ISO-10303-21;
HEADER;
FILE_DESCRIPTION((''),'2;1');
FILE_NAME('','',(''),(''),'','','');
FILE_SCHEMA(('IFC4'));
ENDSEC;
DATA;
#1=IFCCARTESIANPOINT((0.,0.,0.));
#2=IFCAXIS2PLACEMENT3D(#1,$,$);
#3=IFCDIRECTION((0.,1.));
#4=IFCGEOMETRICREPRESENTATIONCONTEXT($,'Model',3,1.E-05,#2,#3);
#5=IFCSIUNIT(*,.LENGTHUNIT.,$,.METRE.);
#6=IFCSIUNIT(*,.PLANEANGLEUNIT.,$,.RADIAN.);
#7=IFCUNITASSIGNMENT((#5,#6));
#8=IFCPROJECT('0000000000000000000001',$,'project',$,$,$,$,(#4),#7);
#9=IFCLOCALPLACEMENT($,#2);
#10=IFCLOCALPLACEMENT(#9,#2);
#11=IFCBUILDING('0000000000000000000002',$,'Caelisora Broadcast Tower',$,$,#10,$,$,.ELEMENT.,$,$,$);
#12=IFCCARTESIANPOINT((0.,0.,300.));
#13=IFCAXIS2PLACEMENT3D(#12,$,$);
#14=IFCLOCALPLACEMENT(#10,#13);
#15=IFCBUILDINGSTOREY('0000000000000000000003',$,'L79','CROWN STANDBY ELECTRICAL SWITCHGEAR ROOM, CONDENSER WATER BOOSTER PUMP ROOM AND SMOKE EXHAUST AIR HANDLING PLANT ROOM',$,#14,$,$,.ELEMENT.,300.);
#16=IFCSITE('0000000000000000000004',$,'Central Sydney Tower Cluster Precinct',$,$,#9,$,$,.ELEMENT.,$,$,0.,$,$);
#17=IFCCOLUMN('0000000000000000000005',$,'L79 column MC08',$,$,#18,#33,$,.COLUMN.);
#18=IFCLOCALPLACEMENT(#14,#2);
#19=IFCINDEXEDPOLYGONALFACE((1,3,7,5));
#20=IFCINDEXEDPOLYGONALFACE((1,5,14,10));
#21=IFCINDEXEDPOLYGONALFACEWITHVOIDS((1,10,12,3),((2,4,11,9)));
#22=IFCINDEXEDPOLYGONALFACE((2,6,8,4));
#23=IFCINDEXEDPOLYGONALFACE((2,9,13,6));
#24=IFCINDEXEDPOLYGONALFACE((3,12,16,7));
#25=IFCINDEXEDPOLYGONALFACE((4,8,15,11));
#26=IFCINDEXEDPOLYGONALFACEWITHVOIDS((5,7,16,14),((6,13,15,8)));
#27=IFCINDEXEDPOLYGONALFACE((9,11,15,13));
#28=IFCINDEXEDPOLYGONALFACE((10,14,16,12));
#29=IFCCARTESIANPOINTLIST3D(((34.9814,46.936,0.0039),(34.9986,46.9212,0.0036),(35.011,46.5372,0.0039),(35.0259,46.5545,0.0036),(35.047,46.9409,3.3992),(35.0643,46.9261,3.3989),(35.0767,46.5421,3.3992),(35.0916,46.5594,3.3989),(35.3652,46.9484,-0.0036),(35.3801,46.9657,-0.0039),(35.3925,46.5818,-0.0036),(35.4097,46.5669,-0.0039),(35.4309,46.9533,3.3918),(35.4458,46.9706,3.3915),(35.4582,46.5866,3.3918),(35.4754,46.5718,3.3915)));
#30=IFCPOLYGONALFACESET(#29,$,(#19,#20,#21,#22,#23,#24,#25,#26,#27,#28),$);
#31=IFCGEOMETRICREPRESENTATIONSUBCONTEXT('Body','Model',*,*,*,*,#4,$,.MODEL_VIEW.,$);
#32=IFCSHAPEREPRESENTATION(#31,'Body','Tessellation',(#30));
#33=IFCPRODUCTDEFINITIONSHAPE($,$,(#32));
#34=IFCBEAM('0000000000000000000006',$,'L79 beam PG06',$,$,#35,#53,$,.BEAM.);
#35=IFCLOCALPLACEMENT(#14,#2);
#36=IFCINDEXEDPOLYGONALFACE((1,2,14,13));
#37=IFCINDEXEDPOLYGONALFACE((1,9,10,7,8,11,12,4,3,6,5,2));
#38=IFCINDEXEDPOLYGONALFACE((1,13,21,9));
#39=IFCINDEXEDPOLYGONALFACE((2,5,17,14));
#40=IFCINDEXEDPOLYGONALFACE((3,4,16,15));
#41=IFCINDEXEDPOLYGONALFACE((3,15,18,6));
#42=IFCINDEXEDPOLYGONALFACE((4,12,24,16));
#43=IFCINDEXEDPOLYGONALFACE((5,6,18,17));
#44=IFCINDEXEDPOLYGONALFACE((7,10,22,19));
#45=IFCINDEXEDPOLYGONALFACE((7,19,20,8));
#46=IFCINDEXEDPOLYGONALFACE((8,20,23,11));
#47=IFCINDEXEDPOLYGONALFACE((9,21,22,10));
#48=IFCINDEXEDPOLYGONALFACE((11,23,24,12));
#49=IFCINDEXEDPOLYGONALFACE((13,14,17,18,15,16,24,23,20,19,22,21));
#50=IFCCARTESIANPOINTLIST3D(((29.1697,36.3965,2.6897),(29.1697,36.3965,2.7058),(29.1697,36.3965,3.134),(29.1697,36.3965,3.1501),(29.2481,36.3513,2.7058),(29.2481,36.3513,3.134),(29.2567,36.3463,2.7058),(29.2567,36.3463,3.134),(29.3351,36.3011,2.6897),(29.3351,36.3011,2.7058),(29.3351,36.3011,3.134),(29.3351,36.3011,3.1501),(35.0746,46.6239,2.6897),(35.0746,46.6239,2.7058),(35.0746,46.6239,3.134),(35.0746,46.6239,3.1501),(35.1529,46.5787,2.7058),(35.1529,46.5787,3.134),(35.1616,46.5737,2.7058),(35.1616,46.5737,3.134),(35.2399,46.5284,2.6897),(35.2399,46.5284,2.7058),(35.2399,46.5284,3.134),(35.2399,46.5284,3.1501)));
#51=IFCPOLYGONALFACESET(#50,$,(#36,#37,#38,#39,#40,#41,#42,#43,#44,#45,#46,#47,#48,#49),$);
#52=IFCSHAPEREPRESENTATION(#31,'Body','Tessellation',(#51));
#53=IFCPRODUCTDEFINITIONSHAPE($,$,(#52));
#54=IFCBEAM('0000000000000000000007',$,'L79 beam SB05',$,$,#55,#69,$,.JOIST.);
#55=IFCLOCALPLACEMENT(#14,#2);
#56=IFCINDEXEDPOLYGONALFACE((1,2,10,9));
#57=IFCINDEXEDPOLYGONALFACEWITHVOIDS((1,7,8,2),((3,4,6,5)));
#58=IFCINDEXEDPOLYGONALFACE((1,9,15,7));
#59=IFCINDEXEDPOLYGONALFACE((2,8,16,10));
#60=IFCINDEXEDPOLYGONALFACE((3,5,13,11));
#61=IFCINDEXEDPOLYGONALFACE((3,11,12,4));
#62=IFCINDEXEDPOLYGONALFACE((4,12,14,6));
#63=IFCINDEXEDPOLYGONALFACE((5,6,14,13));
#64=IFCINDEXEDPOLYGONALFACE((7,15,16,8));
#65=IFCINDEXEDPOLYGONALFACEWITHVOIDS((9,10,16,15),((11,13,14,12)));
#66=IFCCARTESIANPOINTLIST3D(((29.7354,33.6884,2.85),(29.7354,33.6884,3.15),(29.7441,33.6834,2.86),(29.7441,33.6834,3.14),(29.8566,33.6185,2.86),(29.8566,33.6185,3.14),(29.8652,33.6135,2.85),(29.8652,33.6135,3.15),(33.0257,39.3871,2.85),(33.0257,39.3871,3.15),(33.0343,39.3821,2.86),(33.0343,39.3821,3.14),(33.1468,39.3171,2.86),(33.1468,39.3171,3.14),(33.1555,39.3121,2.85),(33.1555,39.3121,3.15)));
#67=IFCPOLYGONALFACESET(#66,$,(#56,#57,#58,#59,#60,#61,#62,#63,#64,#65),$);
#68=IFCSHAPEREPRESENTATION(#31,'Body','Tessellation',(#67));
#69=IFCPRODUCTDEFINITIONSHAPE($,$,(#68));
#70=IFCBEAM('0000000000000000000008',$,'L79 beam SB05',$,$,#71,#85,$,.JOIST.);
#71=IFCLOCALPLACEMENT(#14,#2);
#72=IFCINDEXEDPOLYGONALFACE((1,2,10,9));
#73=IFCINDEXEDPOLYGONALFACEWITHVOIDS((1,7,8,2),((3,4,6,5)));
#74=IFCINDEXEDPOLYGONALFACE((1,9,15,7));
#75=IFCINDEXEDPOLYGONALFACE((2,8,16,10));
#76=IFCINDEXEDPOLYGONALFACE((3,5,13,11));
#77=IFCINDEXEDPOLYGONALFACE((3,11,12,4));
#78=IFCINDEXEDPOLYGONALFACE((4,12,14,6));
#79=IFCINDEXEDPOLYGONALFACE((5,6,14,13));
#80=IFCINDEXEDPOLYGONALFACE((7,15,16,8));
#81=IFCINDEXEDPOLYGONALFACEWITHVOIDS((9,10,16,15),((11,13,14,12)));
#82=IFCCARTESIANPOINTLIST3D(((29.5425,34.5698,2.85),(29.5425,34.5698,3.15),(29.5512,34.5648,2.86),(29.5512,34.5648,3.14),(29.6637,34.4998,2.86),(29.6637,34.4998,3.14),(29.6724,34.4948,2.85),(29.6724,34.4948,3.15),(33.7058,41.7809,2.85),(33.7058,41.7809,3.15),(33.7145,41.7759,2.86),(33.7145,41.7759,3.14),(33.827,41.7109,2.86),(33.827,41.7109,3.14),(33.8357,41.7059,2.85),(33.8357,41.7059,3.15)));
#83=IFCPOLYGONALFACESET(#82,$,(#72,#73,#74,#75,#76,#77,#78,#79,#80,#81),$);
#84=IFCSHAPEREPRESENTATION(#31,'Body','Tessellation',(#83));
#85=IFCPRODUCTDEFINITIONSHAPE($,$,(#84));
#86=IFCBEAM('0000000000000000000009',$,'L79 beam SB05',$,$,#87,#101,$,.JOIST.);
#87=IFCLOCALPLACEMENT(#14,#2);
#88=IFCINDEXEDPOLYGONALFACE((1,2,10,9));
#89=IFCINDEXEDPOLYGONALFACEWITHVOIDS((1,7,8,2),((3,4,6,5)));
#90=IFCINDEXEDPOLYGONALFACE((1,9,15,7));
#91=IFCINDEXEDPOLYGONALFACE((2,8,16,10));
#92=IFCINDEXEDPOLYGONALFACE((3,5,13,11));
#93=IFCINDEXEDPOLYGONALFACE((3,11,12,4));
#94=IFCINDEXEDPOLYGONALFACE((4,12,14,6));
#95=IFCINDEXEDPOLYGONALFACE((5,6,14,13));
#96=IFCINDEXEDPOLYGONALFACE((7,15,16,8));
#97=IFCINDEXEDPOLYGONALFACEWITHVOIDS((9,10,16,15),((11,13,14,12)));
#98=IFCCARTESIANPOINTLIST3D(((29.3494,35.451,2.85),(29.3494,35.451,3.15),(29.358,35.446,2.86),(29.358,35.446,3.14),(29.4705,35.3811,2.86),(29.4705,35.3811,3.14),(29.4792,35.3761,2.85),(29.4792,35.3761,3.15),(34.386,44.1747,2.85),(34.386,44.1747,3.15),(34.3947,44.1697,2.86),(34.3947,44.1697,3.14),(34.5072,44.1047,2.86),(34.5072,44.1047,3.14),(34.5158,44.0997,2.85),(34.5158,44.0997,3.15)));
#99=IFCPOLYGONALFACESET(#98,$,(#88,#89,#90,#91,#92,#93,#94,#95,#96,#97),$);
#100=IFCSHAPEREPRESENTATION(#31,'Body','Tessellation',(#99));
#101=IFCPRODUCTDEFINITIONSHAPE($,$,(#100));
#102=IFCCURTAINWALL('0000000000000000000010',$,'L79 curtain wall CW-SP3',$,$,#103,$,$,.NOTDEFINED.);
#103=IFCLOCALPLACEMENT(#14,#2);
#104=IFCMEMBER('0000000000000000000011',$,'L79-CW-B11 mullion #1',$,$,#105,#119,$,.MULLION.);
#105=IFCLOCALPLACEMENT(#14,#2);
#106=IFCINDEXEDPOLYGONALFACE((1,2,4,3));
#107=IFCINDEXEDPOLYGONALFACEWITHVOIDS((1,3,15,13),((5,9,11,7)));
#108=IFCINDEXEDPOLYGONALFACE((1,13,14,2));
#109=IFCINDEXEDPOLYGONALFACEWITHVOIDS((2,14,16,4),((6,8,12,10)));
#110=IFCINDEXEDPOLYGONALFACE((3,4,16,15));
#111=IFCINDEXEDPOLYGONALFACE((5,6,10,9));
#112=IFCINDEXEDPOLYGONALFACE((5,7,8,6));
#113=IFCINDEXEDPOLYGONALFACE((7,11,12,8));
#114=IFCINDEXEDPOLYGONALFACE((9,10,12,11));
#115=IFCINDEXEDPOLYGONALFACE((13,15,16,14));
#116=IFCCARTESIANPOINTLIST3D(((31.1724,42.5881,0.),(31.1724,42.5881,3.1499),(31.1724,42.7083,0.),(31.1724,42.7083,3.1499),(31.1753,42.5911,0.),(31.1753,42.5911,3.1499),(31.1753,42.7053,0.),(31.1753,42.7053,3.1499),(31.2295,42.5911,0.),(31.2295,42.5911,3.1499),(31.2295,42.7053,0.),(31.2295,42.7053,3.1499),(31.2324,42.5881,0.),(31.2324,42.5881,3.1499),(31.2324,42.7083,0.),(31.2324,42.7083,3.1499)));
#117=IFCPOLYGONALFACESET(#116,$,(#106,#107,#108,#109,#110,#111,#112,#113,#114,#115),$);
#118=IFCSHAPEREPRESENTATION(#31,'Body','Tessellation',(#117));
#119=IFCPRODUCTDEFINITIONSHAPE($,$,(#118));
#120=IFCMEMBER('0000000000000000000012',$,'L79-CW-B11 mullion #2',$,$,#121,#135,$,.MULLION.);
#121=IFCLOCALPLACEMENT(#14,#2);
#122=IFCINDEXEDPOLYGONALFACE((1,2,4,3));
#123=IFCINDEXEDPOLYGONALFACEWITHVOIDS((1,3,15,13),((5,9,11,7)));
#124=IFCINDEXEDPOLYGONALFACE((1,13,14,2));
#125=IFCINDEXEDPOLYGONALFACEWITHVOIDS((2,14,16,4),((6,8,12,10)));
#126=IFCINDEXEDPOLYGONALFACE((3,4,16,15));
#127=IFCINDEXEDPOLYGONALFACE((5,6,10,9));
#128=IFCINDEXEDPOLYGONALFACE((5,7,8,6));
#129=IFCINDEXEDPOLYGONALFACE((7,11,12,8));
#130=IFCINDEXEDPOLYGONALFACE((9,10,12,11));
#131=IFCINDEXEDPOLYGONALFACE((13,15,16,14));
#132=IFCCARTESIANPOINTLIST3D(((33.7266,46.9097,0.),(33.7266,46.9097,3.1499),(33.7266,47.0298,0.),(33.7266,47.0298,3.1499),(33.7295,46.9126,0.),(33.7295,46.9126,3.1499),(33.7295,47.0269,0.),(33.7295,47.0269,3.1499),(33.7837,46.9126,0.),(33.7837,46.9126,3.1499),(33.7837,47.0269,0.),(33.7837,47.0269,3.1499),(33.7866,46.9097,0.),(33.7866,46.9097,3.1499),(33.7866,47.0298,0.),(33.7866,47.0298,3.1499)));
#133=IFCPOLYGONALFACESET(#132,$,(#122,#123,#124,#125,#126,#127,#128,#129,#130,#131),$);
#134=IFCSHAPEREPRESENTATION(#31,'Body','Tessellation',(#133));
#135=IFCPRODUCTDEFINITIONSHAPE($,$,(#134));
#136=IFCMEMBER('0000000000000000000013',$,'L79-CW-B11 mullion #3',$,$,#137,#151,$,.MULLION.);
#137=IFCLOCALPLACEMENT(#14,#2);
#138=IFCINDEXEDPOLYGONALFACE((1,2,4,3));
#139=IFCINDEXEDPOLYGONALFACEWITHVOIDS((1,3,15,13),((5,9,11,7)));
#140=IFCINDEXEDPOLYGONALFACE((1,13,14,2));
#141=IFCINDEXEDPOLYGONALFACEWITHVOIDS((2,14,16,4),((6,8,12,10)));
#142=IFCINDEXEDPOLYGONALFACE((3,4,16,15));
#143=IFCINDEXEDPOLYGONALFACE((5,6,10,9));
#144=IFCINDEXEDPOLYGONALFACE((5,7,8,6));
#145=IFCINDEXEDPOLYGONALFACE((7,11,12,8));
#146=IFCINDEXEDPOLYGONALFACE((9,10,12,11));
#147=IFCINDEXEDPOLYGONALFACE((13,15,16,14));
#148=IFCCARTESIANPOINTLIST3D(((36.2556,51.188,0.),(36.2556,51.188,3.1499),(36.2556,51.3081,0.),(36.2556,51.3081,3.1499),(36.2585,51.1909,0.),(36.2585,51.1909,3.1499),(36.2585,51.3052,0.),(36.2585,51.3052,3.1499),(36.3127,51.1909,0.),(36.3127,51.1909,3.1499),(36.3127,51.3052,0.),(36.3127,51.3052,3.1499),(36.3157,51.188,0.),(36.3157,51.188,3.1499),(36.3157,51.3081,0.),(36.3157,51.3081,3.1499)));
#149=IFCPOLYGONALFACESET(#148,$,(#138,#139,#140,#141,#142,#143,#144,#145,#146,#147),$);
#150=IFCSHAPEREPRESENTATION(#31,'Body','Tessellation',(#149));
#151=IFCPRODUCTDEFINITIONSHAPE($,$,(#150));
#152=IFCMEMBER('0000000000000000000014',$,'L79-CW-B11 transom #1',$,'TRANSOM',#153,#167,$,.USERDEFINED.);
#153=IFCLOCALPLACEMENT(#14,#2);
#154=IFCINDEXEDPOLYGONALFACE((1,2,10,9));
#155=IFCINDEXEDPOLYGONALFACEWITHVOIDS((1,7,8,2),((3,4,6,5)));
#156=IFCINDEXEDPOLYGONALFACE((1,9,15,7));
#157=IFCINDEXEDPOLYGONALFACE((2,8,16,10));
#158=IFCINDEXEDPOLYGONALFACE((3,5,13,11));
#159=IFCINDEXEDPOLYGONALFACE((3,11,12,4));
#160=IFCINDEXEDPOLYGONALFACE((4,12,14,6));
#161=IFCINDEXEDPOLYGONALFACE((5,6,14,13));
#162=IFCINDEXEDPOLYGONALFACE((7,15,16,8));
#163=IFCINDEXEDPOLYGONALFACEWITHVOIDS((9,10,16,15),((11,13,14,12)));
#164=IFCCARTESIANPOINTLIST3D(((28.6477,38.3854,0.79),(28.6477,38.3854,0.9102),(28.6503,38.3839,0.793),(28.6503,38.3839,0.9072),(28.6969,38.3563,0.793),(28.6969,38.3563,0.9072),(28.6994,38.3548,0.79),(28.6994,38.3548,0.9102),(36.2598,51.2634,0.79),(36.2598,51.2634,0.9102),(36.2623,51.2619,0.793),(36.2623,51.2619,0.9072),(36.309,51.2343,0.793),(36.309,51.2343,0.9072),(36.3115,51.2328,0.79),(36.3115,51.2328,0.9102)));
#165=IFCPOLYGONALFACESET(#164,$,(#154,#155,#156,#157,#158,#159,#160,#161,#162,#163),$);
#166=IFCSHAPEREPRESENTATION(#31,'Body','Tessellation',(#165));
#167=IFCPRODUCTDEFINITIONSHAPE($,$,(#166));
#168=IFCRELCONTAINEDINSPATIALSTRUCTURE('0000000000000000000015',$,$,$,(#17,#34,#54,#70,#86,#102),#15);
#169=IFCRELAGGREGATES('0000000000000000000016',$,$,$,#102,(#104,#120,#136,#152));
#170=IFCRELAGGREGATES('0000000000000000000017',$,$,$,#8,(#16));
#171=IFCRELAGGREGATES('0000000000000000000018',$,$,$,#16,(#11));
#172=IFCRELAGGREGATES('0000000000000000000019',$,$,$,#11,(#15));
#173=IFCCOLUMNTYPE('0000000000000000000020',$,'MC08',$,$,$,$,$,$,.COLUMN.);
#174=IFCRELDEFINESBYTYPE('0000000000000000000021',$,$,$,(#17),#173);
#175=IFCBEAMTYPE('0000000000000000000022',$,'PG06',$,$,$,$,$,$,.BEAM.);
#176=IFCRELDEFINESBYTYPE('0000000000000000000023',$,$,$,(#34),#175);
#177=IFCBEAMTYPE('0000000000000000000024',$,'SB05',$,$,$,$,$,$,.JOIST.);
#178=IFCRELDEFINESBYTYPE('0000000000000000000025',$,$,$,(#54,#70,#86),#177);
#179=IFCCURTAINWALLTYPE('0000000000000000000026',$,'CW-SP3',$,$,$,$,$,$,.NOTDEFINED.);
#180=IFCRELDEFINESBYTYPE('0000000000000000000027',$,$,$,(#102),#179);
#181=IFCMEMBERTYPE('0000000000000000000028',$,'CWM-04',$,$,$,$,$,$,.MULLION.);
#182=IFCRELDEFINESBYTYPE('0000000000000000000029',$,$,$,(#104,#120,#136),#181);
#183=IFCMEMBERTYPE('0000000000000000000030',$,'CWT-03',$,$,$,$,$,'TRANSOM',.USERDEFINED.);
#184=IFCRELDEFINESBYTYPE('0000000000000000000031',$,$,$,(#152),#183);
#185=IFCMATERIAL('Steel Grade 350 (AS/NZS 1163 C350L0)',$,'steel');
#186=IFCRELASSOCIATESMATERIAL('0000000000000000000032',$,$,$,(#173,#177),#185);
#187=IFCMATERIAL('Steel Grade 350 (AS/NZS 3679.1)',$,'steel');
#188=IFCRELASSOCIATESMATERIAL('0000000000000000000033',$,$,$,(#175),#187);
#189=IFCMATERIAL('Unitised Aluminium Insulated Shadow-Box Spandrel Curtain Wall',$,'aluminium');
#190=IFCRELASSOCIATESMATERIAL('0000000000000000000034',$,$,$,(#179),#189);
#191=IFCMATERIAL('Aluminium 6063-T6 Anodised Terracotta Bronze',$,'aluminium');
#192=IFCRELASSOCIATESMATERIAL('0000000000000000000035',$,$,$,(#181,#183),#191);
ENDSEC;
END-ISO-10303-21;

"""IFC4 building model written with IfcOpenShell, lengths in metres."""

from ifc_helpers import new_model, si_unit, direction, frame, origin, origin_2d, place, context, subcontext, project, spatial, hollow_rectangle, i_section, extrude, source, transform, mapped, material, material_profile, profile_set, type_object, type_shapes, element, aggregate, save


model = new_model("IFC4")

# Units and contexts
model_context = context("Model", 3, precision=1e-05, world=origin(), true_north=direction((0.0, 1.0)))
body_context = subcontext(model_context, "Body", "Model", "MODEL_VIEW")
ifc_project = project(units=[si_unit("LENGTHUNIT", "METRE"), si_unit("PLANEANGLEUNIT", "RADIAN")], contexts=[model_context])

# Site, building, storey
site_placement = place(None, origin())
site = spatial("IfcSite", under=ifc_project, at=site_placement, Name="Central Sydney Tower Cluster Precinct", CompositionType="ELEMENT", RefElevation=0.0)
building_placement = place(site_placement, origin())
building = spatial("IfcBuilding", under=site, at=building_placement, Name="Caelisora Broadcast Tower", CompositionType="ELEMENT")
storey_placement = place(building_placement, frame((0.0, 0.0, 300.0)))
storey = spatial("IfcBuildingStorey", under=building, at=storey_placement, Name="L79", Description="CROWN STANDBY ELECTRICAL SWITCHGEAR ROOM, CONDENSER WATER BOOSTER PUMP ROOM AND SMOKE EXHAUST AIR HANDLING PLANT ROOM", CompositionType="ELEMENT", Elevation=300.0)

# Column
ifc_material_1 = material(Name="Steel Grade 350 (AS/NZS 1163 C350L0)", Category="steel")
ifc_material_profile_1 = material_profile(ifc_material_1, hollow_rectangle(XDim=0.3999, YDim=0.3999, WallThickness=0.0161, at=origin_2d()), Name="Steel Grade 350 (AS/NZS 1163 C350L0)")
ifc_profile_set_1 = profile_set([ifc_material_profile_1], Name="Steel Grade 350 (AS/NZS 1163 C350L0)")
column_type = type_object("IfcColumnType", Name="MC08", PredefinedType="COLUMN", material=ifc_profile_set_1)
shared_shape_1 = source(origin(), body_context, "Body", "SweptSolid", [
    extrude(hollow_rectangle(XDim=0.3999, YDim=0.3999, WallThickness=0.0161, at=origin_2d()), origin(), (0.0, 0.0, 1.0), 3.396),
])
type_shapes(column_type, [shared_shape_1])
column_placement = place(storey_placement, frame((35.1956, 46.7515, 0.0), z_axis=(0.019339, 0.001438, 0.999812), x_axis=(-0.074145, 0.997247, 0.0)))
element("IfcColumn", 1, at=column_placement, inside=storey, type_object=column_type, Name="L79 column MC08", PredefinedType="COLUMN", context=body_context, shape_type="MappedRepresentation", body=[
    mapped(shared_shape_1, transform((0.0, 0.0, 0.0), scale=1.0)),
])

# Beams
ifc_material_2 = material(Name="Steel Grade 350 (AS/NZS 3679.1)", Category="steel")
ifc_material_profile_2 = material_profile(ifc_material_2, i_section(OverallWidth=0.1909, OverallDepth=0.4604, WebThickness=0.01, FlangeThickness=0.0161, at=origin_2d()), Name="Steel Grade 350 (AS/NZS 3679.1)")
ifc_profile_set_2 = profile_set([ifc_material_profile_2], Name="Steel Grade 350 (AS/NZS 3679.1)")
beam_type_1 = type_object("IfcBeamType", Name="PG06", PredefinedType="BEAM", material=ifc_profile_set_2)
shared_shape_2 = source(origin(), body_context, "Body", "SweptSolid", [
    extrude(i_section(OverallWidth=0.1909, OverallDepth=0.4604, WebThickness=0.01, FlangeThickness=0.0161, at=origin_2d()), origin(), (0.0, 0.0, 1.0), 11.8096),
])
type_shapes(beam_type_1, [shared_shape_2])
beam_1_placement = place(storey_placement, frame((35.1572, 46.5762, 2.9199), z_axis=(-0.500003, -0.866023, 0.0), x_axis=(0.866023, -0.500003, 0.0)))
element("IfcBeam", 2, at=beam_1_placement, inside=storey, type_object=beam_type_1, Name="L79 beam PG06", PredefinedType="BEAM", context=body_context, shape_type="MappedRepresentation", body=[
    mapped(shared_shape_2, transform((0.0, 0.0, 0.0), scale=1.0)),
])
ifc_material_profile_3 = material_profile(ifc_material_1, hollow_rectangle(XDim=0.1499, YDim=0.3, WallThickness=0.01, at=origin_2d()), Name="Steel Grade 350 (AS/NZS 1163 C350L0)")
ifc_profile_set_3 = profile_set([ifc_material_profile_3], Name="Steel Grade 350 (AS/NZS 1163 C350L0)")
beam_type_2 = type_object("IfcBeamType", Name="SB05", PredefinedType="JOIST", material=ifc_profile_set_3)
shared_shape_3 = source(origin(), body_context, "Body", "SweptSolid", [
    extrude(hollow_rectangle(XDim=0.1499, YDim=0.3, WallThickness=0.01, at=origin_2d()), origin(), (0.0, 0.0, 1.0), 6.5803),
])
beam_2_placement = place(storey_placement, frame((33.0906, 39.3496, 3.0), z_axis=(-0.500014, -0.866018, 0.0), x_axis=(0.866018, -0.500014, 0.0)))
element("IfcBeam", 3, at=beam_2_placement, inside=storey, type_object=beam_type_2, Name="L79 beam SB05", PredefinedType="JOIST", context=body_context, shape_type="MappedRepresentation", body=[
    mapped(shared_shape_3, transform((0.0, 0.0, 0.0), scale=1.0)),
])
shared_shape_4 = source(origin(), body_context, "Body", "SweptSolid", [
    extrude(hollow_rectangle(XDim=0.1499, YDim=0.3, WallThickness=0.01, at=origin_2d()), origin(), (0.0, 0.0, 1.0), 8.3267),
])
beam_3_placement = place(storey_placement, frame((33.7708, 41.7434, 3.0), z_axis=(-0.499996, -0.866028, 0.0), x_axis=(0.866028, -0.499996, 0.0)))
element("IfcBeam", 4, at=beam_3_placement, inside=storey, type_object=beam_type_2, Name="L79 beam SB05", PredefinedType="JOIST", context=body_context, shape_type="MappedRepresentation", body=[
    mapped(shared_shape_4, transform((0.0, 0.0, 0.0), scale=1.0)),
])
shared_shape_5 = source(origin(), body_context, "Body", "SweptSolid", [
    extrude(hollow_rectangle(XDim=0.1499, YDim=0.3, WallThickness=0.01, at=origin_2d()), origin(), (0.0, 0.0, 1.0), 10.0732),
])
type_shapes(beam_type_2, [shared_shape_3, shared_shape_4, shared_shape_5])
beam_4_placement = place(storey_placement, frame((34.4509, 44.1372, 3.0), z_axis=(-0.500002, -0.866024, 0.0), x_axis=(0.866024, -0.500002, 0.0)))
element("IfcBeam", 5, at=beam_4_placement, inside=storey, type_object=beam_type_2, Name="L79 beam SB05", PredefinedType="JOIST", context=body_context, shape_type="MappedRepresentation", body=[
    mapped(shared_shape_5, transform((0.0, 0.0, 0.0), scale=1.0)),
])

# Curtain wall, members
ifc_material_3 = material(Name="Unitised Aluminium Insulated Shadow-Box Spandrel Curtain Wall", Category="aluminium")
curtain_wall_type = type_object("IfcCurtainWallType", Name="CW-SP3", PredefinedType="NOTDEFINED", material=ifc_material_3)
curtain_wall_placement = place(storey_placement, origin())
curtain_wall = element("IfcCurtainWall", 6, at=curtain_wall_placement, inside=storey, type_object=curtain_wall_type, Name="L79 curtain wall CW-SP3", PredefinedType="NOTDEFINED")
ifc_material_4 = material(Name="Aluminium 6063-T6 Anodised Terracotta Bronze", Category="aluminium")
ifc_material_profile_4 = material_profile(ifc_material_4, hollow_rectangle(XDim=0.0601, YDim=0.1201, WallThickness=0.0029, at=origin_2d()), Name="Aluminium 6063-T6 Anodised Terracotta Bronze")
ifc_profile_set_4 = profile_set([ifc_material_profile_4], Name="Aluminium 6063-T6 Anodised Terracotta Bronze")
member_type_1 = type_object("IfcMemberType", Name="CWM-04", PredefinedType="MULLION", material=ifc_profile_set_4)
shared_shape_6 = source(origin(), body_context, "Body", "SweptSolid", [
    extrude(hollow_rectangle(XDim=0.0601, YDim=0.1201, WallThickness=0.0029, at=origin_2d()), origin(), (0.0, 0.0, 1.0), 3.1499),
])
type_shapes(member_type_1, [shared_shape_6])
member_1_placement = place(storey_placement, frame((31.2024, 42.6482, 0.0), z_axis=(0.0, 0.0, 1.0), x_axis=(1.0, 0.0, 0.0)))
member_1 = element("IfcMember", 7, at=member_1_placement, type_object=member_type_1, Name="L79-CW-B11 mullion #1", PredefinedType="MULLION", context=body_context, shape_type="MappedRepresentation", body=[
    mapped(shared_shape_6, transform((0.0, 0.0, 0.0), scale=1.0)),
])
member_2_placement = place(storey_placement, frame((33.7566, 46.9697, 0.0), z_axis=(0.0, 0.0, 1.0), x_axis=(1.0, 0.0, 0.0)))
member_2 = element("IfcMember", 8, at=member_2_placement, type_object=member_type_1, Name="L79-CW-B11 mullion #2", PredefinedType="MULLION", context=body_context, shape_type="MappedRepresentation", body=[
    mapped(shared_shape_6, transform((0.0, 0.0, 0.0), scale=1.0)),
])
member_3_placement = place(storey_placement, frame((36.2856, 51.248, 0.0), z_axis=(0.0, 0.0, 1.0), x_axis=(1.0, 0.0, 0.0)))
member_3 = element("IfcMember", 9, at=member_3_placement, type_object=member_type_1, Name="L79-CW-B11 mullion #3", PredefinedType="MULLION", context=body_context, shape_type="MappedRepresentation", body=[
    mapped(shared_shape_6, transform((0.0, 0.0, 0.0), scale=1.0)),
])
ifc_material_profile_5 = material_profile(ifc_material_4, hollow_rectangle(XDim=0.0601, YDim=0.1201, WallThickness=0.0029, at=origin_2d()), Name="Aluminium 6063-T6 Anodised Terracotta Bronze")
ifc_profile_set_5 = profile_set([ifc_material_profile_5], Name="Aluminium 6063-T6 Anodised Terracotta Bronze")
member_type_2 = type_object("IfcMemberType", Name="CWT-03", ElementType="TRANSOM", PredefinedType="USERDEFINED", material=ifc_profile_set_5)
shared_shape_7 = source(origin(), body_context, "Body", "SweptSolid", [
    extrude(hollow_rectangle(XDim=0.0601, YDim=0.1201, WallThickness=0.0029, at=origin_2d()), origin(), (0.0, 0.0, 1.0), 14.9595),
])
type_shapes(member_type_2, [shared_shape_7])
member_4_placement = place(storey_placement, frame((28.6736, 38.3701, 0.8501), z_axis=(0.508847, 0.860857, 0.0), x_axis=(-0.860857, 0.508847, 0.0)))
member_4 = element("IfcMember", 10, at=member_4_placement, type_object=member_type_2, Name="L79-CW-B11 transom #1", ObjectType="TRANSOM", PredefinedType="USERDEFINED", context=body_context, shape_type="MappedRepresentation", body=[
    mapped(shared_shape_7, transform((0.0, 0.0, 0.0), scale=1.0)),
])

aggregate(curtain_wall, [member_1, member_2, member_3, member_4])

save(model, "model.ifc")
